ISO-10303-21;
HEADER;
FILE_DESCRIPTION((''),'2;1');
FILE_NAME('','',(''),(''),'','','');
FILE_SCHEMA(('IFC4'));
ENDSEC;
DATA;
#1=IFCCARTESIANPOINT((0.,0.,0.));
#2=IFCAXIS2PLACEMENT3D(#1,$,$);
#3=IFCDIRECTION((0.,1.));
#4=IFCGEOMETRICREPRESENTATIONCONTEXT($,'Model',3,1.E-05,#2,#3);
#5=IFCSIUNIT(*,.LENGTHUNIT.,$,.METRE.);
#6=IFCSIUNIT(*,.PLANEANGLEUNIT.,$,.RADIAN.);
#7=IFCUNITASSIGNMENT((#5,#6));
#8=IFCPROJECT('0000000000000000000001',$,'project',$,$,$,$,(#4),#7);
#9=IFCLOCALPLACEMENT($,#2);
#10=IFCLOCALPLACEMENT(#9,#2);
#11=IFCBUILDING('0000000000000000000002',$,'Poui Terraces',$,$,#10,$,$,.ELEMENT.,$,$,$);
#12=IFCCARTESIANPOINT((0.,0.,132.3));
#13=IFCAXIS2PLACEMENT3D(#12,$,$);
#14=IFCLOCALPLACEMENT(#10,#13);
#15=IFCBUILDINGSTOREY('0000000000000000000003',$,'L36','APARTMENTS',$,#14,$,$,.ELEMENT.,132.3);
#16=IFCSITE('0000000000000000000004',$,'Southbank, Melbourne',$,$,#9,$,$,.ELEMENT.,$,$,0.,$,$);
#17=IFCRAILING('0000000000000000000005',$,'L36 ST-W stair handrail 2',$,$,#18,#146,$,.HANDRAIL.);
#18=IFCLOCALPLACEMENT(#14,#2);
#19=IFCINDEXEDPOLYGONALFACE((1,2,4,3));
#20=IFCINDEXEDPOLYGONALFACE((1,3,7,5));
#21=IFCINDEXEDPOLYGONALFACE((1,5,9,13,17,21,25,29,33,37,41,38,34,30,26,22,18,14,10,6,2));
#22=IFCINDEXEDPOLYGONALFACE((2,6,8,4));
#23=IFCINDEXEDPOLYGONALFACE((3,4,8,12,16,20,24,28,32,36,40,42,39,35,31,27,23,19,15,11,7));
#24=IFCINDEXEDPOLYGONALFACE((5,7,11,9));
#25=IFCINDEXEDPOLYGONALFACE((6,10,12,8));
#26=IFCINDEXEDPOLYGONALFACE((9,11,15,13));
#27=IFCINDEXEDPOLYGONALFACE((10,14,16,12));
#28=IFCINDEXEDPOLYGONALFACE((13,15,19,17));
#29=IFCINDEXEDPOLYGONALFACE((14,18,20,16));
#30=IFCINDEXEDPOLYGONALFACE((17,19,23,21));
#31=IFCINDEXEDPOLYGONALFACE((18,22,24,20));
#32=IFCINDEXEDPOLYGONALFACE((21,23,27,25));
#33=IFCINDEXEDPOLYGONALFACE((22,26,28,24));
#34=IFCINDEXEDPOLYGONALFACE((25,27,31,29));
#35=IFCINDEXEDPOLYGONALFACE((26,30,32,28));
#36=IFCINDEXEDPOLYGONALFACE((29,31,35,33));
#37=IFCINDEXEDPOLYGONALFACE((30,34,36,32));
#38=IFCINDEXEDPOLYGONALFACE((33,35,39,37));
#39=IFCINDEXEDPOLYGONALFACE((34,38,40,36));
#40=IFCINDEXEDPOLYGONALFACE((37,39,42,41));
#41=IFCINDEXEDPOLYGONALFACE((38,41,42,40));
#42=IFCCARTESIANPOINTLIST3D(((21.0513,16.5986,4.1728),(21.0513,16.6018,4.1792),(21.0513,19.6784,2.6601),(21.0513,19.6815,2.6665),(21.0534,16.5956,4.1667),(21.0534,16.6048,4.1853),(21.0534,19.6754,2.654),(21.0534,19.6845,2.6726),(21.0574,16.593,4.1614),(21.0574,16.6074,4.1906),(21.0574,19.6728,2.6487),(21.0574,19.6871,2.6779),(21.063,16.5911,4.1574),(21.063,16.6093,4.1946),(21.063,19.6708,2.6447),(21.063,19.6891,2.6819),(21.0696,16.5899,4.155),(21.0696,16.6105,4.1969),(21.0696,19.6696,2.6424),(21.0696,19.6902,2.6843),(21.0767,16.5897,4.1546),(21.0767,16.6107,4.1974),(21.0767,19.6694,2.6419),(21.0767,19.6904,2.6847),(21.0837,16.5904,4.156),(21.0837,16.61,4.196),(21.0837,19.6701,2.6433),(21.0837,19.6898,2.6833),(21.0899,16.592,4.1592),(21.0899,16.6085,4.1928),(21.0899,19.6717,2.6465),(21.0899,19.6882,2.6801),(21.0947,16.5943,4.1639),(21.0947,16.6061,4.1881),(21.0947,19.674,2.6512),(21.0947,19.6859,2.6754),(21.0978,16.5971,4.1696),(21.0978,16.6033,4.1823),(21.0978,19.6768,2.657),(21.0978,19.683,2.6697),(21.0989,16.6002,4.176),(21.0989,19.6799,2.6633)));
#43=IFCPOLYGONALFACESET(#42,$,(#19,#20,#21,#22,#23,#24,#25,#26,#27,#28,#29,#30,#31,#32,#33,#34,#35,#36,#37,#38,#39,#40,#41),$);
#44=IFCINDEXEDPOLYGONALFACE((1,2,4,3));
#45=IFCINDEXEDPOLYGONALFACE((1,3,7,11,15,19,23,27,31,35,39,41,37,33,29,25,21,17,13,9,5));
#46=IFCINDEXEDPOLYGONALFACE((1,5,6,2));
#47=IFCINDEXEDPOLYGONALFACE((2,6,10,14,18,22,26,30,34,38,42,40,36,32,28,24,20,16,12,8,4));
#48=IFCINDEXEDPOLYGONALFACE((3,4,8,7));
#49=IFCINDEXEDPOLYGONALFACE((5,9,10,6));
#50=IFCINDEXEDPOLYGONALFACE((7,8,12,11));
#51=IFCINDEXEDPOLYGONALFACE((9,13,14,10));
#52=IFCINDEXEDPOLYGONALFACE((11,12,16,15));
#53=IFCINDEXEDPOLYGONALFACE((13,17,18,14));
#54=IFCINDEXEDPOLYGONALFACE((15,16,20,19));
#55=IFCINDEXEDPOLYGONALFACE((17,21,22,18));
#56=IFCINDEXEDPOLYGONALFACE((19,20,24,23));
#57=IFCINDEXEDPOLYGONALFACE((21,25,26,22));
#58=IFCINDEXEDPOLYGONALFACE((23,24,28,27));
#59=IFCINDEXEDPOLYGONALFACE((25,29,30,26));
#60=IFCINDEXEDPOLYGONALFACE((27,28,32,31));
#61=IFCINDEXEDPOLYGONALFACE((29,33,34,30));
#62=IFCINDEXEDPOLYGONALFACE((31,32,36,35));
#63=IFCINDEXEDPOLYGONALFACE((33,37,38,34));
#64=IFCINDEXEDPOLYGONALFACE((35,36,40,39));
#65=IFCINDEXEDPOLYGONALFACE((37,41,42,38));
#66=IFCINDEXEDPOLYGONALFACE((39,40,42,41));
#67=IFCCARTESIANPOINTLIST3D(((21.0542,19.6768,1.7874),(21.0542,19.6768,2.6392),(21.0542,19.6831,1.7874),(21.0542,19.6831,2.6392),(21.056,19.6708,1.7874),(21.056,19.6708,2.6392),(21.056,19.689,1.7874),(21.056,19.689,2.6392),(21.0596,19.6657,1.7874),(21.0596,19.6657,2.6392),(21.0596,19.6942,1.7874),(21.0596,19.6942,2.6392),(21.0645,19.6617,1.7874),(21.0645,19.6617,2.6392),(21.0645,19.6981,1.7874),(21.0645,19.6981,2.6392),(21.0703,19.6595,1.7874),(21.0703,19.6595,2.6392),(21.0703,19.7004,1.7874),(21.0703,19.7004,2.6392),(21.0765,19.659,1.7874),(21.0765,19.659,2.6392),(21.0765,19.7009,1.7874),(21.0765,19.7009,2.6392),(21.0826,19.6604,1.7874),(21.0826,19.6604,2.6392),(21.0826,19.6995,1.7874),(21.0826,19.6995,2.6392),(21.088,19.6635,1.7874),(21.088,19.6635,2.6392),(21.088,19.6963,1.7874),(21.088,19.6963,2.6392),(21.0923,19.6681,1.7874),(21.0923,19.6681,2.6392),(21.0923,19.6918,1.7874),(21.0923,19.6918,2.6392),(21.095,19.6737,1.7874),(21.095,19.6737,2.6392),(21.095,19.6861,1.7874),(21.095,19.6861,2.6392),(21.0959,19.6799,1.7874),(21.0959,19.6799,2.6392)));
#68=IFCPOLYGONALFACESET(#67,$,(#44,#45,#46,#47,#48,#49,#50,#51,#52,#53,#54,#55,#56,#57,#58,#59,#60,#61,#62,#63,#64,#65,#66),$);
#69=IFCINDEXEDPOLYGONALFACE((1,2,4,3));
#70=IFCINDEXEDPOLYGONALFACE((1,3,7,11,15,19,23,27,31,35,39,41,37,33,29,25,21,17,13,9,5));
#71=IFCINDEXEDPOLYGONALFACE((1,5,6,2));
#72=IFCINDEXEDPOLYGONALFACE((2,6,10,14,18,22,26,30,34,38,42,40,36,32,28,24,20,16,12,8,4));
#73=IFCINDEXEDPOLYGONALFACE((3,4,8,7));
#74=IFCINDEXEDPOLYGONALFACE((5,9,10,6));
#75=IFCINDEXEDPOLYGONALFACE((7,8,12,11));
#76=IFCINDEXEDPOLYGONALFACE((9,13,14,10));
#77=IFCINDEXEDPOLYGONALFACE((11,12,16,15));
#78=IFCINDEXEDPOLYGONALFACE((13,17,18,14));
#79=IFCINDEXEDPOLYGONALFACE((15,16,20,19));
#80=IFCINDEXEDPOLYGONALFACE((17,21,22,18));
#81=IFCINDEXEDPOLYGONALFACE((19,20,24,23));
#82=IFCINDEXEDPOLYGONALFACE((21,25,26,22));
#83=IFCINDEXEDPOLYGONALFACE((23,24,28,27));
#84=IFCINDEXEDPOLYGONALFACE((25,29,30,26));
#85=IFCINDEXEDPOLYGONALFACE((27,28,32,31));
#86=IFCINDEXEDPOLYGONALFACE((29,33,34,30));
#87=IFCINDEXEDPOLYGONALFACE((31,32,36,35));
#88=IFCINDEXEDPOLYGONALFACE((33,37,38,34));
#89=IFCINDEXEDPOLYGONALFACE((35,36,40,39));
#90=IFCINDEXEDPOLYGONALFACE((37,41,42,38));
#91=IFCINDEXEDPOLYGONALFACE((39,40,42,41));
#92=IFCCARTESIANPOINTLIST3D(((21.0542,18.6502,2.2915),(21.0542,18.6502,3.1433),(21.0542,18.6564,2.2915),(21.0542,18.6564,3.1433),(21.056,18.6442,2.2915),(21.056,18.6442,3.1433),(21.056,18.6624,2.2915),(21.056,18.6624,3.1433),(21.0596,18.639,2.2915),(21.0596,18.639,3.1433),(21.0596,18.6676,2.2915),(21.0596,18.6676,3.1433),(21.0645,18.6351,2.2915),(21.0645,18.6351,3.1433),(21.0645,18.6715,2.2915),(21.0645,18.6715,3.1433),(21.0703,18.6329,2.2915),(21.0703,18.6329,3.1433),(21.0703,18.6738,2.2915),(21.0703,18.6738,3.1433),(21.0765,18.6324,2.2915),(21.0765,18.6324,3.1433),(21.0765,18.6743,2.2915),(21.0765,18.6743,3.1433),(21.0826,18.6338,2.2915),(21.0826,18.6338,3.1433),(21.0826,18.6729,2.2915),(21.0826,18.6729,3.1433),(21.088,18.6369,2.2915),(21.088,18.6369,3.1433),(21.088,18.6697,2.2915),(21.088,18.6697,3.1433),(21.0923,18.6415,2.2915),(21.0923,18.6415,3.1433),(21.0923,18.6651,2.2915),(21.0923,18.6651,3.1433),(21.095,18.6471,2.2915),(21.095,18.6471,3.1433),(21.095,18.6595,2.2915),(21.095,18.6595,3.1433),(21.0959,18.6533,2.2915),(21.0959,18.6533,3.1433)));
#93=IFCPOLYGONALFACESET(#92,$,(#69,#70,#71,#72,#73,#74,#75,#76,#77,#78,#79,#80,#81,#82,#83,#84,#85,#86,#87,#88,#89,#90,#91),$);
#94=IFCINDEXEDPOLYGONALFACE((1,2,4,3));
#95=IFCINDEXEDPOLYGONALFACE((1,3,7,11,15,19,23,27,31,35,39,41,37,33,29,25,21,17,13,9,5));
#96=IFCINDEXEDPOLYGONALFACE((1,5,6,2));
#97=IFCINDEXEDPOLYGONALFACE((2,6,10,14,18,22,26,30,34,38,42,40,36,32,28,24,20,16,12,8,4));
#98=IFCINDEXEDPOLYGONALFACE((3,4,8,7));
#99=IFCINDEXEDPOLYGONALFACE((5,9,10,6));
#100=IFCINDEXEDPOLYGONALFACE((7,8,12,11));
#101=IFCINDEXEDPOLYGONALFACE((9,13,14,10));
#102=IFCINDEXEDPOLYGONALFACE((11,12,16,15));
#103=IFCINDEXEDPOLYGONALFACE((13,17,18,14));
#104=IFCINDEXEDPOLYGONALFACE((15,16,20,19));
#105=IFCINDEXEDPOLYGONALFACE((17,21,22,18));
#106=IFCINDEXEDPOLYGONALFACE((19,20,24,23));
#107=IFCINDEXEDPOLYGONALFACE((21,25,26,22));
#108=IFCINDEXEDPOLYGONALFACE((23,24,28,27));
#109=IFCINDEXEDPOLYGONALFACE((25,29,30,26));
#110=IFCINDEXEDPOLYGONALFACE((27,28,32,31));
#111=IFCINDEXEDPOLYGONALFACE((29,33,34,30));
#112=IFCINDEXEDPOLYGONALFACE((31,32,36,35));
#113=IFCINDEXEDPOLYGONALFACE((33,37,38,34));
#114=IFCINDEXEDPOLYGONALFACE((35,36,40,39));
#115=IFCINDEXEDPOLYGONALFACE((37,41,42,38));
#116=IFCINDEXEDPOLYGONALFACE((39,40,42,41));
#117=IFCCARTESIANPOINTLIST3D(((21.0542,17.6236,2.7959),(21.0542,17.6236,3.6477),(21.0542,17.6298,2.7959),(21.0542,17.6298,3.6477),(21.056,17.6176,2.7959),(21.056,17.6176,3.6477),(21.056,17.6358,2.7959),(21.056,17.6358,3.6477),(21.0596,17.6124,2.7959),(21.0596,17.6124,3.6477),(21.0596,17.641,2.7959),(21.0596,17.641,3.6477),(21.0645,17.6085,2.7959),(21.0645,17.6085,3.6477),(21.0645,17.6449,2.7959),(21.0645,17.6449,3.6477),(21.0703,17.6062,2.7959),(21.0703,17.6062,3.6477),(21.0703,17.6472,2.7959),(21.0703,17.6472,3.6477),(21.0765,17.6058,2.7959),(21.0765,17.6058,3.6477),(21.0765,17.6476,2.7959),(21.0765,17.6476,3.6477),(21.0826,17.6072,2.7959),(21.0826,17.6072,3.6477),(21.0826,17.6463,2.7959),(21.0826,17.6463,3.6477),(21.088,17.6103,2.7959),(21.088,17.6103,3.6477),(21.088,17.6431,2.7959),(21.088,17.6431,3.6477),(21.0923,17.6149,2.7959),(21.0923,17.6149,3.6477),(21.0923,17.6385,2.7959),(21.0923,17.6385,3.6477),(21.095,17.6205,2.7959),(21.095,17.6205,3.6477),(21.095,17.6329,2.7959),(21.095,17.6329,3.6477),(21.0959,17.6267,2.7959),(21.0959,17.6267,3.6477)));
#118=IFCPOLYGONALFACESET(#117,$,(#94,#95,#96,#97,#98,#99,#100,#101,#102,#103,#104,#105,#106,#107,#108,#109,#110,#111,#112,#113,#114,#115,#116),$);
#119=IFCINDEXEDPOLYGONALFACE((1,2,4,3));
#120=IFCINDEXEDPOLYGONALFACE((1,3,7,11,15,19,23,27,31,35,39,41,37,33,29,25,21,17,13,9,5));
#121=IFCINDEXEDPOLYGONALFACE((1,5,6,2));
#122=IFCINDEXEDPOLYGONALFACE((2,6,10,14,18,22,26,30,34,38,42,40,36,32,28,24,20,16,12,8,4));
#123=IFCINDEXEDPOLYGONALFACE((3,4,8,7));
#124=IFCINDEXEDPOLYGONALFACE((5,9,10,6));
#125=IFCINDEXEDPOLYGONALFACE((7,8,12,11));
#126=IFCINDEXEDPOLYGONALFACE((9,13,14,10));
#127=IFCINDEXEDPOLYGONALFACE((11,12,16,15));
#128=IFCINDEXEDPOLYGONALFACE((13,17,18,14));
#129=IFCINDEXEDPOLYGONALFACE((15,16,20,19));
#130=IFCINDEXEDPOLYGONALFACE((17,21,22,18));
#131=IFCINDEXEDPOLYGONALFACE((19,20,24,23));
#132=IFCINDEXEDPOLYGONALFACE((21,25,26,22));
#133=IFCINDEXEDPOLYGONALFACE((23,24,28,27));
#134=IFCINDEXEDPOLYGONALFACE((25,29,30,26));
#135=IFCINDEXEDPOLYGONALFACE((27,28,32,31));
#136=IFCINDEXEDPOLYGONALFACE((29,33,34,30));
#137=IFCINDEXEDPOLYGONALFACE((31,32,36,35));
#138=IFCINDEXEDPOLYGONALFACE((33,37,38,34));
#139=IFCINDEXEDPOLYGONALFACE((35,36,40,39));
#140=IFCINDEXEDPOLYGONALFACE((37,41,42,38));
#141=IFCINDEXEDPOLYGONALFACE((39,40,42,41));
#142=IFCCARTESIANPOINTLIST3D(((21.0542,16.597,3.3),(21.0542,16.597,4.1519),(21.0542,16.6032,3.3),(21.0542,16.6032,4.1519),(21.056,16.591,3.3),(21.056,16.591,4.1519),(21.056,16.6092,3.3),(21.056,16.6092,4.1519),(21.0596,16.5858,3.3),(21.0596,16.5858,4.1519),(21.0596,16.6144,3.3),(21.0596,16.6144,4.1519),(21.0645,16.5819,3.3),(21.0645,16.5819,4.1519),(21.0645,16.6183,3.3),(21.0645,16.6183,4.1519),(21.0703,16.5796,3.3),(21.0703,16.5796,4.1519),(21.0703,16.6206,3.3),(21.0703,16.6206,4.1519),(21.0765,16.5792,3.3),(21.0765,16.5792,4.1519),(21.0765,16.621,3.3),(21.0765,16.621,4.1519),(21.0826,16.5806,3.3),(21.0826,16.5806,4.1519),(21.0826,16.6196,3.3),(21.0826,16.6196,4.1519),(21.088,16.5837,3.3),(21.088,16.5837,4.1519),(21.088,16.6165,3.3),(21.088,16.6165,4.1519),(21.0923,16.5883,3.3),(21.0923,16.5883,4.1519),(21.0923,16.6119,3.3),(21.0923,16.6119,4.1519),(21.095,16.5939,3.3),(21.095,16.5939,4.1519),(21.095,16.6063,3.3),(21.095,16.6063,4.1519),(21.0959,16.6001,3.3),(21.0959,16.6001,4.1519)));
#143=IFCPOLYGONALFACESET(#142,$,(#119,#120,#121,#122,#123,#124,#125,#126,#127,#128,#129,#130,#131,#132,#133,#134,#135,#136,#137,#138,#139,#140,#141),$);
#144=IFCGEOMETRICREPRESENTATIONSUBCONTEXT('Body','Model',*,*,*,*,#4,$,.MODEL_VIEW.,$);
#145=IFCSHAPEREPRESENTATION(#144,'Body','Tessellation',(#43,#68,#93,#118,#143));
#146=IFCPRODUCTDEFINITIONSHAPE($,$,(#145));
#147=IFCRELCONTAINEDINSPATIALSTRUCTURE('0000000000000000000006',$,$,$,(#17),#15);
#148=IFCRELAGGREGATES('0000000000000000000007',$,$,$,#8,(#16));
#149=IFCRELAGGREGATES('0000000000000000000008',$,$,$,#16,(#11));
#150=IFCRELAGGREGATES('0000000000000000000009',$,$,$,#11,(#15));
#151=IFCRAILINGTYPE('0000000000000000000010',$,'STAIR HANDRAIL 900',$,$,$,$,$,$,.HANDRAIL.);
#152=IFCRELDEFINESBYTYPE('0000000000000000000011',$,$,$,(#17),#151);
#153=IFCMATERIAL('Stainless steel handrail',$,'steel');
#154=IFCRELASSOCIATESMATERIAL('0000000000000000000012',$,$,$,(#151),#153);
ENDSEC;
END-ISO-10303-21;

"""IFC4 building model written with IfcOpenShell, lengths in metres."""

from ifc_helpers import new_model, si_unit, direction, frame, origin, origin_2d, place, context, subcontext, project, spatial, circle, extrude, material, type_object, element, save


model = new_model("IFC4")

# Units and contexts
model_context = context("Model", 3, precision=1e-05, world=origin(), true_north=direction((0.0, 1.0)))
body_context = subcontext(model_context, "Body", "Model", "MODEL_VIEW")
ifc_project = project(units=[si_unit("LENGTHUNIT", "METRE"), si_unit("PLANEANGLEUNIT", "RADIAN")], contexts=[model_context])

# Site, building, storey
site_placement = place(None, origin())
site = spatial("IfcSite", under=ifc_project, at=site_placement, Name="Southbank, Melbourne", CompositionType="ELEMENT", RefElevation=0.0)
building_placement = place(site_placement, origin())
building = spatial("IfcBuilding", under=site, at=building_placement, Name="Poui Terraces", CompositionType="ELEMENT")
storey_placement = place(building_placement, frame((0.0, 0.0, 132.3)))
storey = spatial("IfcBuildingStorey", under=building, at=storey_placement, Name="L36", Description="APARTMENTS", CompositionType="ELEMENT", Elevation=132.3)

# Railing
ifc_material_1 = material(Name="Stainless steel handrail", Category="steel")
railing_type = type_object("IfcRailingType", Name="STAIR HANDRAIL 900", PredefinedType="HANDRAIL", material=ifc_material_1)
railing_placement = place(storey_placement, frame((21.075, 19.6799, 1.7874)))
element("IfcRailing", 1, at=railing_placement, inside=storey, type_object=railing_type, Name="L36 ST-W stair handrail 2", PredefinedType="HANDRAIL", context=body_context, shape_type="SweptSolid", body=[
    extrude(circle(Radius=0.0239, at=origin_2d()), frame((0.0, 0.0, 0.876), z_axis=(0.0, -0.897578, 0.440856), x_axis=(1.0, 0.0, 0.0)), (0.0, 0.0, 1.0), 3.4312),
    extrude(circle(Radius=0.021, at=origin_2d()), origin(), (0.0, 0.0, 1.0), 0.8518),
    extrude(circle(Radius=0.021, at=origin_2d()), frame((0.0, -1.0266, 0.5042)), (0.0, 0.0, 1.0), 0.8518),
    extrude(circle(Radius=0.021, at=origin_2d()), frame((0.0, -2.0532, 1.0085)), (0.0, 0.0, 1.0), 0.8518),
    extrude(circle(Radius=0.021, at=origin_2d()), frame((0.0, -3.0798, 1.5127)), (0.0, 0.0, 1.0), 0.8518),
])

save(model, "model.ifc")
